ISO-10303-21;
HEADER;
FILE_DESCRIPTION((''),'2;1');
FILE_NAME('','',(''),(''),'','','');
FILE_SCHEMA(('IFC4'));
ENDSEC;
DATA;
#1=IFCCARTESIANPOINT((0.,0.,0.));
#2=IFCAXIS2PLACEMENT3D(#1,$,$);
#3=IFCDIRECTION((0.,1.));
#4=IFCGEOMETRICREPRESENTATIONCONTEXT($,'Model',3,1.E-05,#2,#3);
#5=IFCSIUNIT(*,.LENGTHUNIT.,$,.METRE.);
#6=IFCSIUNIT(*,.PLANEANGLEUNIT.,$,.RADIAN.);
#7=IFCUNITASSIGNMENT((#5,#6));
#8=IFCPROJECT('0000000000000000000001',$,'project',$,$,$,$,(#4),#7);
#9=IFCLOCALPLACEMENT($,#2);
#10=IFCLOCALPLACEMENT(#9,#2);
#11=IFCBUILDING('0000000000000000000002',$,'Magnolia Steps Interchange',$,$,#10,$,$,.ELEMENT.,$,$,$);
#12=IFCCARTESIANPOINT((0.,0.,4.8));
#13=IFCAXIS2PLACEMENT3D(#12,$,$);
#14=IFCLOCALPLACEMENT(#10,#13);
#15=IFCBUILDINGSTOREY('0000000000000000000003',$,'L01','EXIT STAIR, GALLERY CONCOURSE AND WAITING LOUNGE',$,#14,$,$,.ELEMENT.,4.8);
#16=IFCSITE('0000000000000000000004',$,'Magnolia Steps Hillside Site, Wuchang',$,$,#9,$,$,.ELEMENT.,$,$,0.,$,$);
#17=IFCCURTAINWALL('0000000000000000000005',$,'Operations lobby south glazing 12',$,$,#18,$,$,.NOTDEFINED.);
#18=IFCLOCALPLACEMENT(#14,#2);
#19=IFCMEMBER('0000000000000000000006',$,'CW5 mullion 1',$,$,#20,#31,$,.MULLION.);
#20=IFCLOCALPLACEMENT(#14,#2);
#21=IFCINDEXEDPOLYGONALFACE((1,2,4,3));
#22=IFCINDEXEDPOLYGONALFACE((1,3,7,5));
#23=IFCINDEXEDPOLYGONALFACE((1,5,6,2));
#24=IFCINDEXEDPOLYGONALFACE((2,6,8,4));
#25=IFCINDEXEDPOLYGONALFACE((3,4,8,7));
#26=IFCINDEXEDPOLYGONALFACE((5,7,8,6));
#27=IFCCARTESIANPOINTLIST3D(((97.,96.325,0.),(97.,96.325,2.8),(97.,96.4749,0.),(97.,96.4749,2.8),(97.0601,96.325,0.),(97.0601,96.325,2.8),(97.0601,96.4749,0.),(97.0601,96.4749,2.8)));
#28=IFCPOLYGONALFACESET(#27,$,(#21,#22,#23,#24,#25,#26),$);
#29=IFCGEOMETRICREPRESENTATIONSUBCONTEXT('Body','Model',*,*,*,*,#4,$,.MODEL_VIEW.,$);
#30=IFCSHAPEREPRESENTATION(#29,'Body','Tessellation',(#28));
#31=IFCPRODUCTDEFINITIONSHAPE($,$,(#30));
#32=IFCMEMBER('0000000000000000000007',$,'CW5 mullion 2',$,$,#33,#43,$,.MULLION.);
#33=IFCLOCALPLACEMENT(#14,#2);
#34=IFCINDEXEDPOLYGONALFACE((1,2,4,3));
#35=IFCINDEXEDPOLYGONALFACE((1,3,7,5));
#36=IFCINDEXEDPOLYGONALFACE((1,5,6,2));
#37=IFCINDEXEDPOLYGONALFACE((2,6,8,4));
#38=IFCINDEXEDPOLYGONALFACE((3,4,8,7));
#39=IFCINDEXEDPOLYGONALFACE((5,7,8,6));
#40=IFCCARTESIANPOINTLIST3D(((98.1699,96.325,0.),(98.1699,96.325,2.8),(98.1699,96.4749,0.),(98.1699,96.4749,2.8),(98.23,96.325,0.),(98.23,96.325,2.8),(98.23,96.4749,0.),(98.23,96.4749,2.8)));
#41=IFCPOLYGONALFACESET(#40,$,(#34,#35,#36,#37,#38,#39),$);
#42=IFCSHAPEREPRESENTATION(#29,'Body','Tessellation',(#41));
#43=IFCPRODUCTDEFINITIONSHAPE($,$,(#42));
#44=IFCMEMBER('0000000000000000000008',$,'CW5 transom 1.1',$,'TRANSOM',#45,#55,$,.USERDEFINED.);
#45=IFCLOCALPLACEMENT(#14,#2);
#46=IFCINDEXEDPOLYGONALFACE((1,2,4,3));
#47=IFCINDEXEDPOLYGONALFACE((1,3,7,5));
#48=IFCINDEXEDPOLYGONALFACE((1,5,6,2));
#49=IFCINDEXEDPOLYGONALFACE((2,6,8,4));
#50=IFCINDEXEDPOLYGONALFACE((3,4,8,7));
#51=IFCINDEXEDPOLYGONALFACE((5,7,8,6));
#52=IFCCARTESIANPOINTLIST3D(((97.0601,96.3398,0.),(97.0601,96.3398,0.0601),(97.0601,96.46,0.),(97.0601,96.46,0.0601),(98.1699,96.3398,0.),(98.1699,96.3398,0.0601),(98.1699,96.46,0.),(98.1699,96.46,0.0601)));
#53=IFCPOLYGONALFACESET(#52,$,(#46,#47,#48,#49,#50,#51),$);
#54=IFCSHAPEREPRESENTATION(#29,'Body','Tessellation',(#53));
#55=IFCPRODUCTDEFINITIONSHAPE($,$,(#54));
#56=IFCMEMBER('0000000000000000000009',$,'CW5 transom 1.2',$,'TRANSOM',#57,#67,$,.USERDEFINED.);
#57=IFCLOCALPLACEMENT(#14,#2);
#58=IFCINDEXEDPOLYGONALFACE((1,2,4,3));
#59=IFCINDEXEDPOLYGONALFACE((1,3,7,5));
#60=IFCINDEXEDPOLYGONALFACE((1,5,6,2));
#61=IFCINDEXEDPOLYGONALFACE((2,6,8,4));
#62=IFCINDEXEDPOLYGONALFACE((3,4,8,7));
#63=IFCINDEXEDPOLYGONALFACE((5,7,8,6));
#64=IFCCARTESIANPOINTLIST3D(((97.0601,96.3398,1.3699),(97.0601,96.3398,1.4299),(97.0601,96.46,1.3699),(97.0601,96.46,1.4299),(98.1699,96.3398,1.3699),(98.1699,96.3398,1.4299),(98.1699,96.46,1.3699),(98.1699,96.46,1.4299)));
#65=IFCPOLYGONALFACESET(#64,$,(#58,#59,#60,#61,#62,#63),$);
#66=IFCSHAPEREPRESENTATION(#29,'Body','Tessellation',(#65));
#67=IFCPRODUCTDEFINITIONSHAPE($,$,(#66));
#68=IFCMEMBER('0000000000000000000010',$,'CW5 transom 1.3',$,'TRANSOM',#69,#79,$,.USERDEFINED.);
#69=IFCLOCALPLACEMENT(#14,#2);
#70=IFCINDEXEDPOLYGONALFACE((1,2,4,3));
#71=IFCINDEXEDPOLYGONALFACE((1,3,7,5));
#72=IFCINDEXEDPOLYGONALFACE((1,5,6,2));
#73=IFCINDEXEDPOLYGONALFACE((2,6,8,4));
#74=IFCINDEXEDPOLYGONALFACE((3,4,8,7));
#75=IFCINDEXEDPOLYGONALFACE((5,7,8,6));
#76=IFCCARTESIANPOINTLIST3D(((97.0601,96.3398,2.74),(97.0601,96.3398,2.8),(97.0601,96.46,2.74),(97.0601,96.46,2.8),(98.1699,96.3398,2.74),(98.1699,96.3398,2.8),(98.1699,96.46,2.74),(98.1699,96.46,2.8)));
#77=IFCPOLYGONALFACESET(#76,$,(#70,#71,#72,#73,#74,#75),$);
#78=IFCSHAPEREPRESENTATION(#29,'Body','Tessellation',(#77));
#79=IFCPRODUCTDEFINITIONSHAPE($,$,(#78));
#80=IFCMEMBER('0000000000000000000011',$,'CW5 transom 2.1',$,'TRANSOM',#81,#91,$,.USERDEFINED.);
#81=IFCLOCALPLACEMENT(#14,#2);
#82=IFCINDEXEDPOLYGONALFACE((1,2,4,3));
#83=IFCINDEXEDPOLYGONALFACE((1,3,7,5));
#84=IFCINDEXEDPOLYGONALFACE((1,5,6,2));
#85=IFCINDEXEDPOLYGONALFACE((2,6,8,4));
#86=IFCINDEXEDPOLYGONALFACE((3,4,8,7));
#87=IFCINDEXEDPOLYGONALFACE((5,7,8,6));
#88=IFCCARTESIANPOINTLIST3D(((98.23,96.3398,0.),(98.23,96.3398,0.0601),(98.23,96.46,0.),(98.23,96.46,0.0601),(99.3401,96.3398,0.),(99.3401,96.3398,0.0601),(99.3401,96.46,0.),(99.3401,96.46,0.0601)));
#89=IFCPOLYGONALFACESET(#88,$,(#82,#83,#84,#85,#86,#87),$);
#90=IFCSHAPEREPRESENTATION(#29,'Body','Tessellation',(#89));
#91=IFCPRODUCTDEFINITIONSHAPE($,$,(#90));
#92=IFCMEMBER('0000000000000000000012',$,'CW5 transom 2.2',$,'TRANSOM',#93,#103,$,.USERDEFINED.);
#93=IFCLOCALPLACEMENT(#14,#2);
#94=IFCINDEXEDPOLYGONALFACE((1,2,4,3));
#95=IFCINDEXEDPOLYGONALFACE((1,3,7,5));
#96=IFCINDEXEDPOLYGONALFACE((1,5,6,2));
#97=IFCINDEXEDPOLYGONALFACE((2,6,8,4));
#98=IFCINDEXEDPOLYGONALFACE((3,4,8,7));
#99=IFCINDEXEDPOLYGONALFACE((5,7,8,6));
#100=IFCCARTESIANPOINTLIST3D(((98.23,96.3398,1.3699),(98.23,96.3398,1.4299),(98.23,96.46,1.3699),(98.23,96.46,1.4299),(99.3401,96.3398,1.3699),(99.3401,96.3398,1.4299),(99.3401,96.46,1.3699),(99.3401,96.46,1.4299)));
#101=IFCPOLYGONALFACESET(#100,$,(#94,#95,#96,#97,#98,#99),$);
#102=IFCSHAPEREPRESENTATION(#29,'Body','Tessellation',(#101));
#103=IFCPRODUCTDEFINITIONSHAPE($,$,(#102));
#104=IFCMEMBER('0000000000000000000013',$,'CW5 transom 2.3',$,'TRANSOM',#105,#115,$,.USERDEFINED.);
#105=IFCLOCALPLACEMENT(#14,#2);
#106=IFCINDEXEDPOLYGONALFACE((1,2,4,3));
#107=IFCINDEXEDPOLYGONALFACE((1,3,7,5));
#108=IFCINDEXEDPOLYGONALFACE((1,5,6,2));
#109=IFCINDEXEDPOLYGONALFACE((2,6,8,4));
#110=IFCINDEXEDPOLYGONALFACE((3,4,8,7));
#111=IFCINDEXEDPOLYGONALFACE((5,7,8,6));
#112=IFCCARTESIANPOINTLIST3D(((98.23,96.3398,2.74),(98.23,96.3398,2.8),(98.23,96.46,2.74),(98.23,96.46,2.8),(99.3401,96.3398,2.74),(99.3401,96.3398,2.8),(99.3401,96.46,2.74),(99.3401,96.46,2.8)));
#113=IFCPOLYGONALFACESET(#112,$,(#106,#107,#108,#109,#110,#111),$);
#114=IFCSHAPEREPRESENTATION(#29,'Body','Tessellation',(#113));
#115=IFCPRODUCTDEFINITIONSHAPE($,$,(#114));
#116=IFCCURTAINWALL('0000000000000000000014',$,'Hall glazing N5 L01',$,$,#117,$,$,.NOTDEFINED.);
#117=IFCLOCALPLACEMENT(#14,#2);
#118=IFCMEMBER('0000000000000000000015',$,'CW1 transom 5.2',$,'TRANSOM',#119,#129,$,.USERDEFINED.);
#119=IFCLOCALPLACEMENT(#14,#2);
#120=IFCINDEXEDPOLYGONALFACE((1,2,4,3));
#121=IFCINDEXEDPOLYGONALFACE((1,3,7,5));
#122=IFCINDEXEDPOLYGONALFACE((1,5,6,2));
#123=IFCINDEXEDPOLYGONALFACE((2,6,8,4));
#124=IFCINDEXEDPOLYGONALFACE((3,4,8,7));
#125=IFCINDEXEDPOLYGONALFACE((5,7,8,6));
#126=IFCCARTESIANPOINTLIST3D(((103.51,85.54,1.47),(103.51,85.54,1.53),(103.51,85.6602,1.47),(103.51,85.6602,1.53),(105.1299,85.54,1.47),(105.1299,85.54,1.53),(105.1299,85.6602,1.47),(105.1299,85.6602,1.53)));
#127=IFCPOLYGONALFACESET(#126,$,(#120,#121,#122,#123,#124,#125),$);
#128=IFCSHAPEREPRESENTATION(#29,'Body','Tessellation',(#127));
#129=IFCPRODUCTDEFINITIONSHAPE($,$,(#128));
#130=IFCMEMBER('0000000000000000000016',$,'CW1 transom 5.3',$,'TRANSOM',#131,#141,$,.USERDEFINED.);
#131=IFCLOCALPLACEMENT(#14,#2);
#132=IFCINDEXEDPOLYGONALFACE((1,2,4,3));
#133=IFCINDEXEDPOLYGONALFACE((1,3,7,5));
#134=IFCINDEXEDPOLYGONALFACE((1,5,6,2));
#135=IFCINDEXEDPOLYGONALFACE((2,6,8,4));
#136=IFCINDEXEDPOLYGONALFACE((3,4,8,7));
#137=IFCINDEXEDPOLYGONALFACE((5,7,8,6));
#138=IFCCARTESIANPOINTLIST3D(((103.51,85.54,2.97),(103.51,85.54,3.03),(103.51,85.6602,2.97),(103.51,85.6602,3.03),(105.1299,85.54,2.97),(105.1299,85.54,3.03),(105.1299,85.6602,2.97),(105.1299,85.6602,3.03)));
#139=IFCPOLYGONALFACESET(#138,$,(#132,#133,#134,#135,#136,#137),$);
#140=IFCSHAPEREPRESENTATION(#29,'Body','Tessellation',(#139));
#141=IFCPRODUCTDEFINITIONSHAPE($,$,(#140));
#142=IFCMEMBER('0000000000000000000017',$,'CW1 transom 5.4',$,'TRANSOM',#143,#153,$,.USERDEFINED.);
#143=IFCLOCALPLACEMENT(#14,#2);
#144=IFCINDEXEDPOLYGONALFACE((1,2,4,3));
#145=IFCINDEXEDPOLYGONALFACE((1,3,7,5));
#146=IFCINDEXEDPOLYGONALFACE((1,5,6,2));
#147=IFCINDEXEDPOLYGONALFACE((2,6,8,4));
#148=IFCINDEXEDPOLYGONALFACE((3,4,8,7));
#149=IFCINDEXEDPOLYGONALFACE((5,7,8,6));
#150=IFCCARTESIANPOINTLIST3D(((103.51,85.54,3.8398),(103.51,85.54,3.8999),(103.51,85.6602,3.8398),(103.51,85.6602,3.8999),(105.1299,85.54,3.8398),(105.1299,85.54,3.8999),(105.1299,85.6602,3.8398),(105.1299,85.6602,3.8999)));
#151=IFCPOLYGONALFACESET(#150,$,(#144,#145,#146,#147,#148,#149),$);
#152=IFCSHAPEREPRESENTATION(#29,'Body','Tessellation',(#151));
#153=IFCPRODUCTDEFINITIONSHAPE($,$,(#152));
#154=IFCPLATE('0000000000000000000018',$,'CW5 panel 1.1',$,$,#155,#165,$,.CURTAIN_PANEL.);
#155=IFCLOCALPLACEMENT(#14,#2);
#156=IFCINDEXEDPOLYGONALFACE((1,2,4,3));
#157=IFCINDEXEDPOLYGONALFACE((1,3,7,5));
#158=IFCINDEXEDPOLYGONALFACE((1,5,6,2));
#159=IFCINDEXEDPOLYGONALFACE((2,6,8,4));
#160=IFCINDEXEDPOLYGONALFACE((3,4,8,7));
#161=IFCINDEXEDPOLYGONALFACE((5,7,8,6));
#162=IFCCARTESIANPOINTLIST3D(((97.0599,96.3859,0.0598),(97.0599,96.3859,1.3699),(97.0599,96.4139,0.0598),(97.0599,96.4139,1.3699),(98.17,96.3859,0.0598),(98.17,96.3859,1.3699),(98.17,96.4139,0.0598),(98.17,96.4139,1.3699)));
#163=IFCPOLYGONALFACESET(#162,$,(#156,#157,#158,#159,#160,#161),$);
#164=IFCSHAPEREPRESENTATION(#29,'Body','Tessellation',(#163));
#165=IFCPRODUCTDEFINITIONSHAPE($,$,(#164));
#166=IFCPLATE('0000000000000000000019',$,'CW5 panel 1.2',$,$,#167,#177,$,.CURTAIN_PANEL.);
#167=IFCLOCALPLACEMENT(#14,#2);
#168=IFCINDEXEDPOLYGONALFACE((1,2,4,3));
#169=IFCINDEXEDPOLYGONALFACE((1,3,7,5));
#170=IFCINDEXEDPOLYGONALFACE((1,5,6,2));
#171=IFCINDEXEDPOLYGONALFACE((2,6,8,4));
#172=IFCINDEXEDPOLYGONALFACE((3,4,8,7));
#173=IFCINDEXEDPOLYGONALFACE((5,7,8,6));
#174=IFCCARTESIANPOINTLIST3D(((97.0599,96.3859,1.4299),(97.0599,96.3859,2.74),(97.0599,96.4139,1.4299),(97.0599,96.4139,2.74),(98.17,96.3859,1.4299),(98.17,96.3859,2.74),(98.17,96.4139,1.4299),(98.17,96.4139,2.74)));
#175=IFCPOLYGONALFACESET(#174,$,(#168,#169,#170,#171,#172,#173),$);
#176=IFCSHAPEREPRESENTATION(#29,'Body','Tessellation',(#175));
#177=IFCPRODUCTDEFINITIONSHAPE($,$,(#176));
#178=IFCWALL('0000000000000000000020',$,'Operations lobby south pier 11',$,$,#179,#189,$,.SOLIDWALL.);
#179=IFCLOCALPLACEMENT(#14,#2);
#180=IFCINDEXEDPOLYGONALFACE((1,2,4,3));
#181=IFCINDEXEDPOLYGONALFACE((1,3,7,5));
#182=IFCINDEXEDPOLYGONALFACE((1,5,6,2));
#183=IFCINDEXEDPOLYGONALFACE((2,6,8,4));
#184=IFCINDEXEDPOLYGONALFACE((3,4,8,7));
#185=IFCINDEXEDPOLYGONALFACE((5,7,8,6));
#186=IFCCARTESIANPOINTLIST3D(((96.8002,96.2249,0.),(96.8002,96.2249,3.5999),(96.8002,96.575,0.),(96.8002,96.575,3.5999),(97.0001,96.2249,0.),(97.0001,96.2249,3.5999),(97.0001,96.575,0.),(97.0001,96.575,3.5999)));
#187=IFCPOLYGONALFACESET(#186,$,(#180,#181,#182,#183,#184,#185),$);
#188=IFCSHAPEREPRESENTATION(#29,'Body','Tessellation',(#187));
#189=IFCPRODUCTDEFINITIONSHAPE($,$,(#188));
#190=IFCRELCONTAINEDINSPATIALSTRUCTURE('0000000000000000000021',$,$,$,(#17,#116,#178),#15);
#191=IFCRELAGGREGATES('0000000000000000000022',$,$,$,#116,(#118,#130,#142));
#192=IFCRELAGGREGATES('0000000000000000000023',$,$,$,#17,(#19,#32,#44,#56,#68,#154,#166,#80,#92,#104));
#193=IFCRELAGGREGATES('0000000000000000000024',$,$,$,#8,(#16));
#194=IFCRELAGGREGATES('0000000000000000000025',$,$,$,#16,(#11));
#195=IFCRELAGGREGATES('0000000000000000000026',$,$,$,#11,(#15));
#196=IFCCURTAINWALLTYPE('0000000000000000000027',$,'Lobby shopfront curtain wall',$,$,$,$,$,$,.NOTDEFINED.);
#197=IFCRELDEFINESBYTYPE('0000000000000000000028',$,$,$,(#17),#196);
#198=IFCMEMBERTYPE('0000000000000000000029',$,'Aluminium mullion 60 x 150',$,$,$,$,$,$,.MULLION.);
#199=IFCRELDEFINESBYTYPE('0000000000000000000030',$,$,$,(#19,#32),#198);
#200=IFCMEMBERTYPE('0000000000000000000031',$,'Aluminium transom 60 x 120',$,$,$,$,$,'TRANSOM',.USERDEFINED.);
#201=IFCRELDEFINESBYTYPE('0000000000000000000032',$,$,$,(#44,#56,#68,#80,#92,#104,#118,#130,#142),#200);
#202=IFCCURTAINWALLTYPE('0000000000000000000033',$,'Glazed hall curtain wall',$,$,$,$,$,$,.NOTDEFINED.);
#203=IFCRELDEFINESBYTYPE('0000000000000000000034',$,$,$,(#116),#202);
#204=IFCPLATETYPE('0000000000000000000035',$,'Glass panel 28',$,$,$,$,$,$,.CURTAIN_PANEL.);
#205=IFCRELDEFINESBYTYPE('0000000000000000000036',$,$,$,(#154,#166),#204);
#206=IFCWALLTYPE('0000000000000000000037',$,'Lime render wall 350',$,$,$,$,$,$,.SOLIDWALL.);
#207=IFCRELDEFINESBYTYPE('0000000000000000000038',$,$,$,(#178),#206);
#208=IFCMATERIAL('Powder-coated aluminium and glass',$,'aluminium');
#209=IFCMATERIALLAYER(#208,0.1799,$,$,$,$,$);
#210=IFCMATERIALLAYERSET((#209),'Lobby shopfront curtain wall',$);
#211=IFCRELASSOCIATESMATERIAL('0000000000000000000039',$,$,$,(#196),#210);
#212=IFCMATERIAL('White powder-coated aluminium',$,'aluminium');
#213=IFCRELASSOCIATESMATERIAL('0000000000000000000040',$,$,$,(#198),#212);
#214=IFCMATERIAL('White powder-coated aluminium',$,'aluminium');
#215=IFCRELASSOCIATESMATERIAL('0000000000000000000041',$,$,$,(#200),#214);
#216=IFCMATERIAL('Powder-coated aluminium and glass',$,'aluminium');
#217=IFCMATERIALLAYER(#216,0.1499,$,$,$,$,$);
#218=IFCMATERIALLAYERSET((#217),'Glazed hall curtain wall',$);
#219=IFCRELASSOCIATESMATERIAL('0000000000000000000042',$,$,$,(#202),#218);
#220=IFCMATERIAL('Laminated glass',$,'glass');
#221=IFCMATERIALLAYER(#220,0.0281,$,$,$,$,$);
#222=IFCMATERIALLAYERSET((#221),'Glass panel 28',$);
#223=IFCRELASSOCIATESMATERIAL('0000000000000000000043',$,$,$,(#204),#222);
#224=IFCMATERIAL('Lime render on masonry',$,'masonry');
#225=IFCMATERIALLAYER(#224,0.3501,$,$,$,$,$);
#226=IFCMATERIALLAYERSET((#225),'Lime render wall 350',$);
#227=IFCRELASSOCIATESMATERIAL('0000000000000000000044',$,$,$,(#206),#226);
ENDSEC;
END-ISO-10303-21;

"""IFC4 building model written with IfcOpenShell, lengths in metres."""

from ifc_helpers import new_model, si_unit, direction, frame, frame_2d, origin, origin_2d, place, context, subcontext, project, spatial, rectangle, extrude, material, layer, layer_set, material_profile, profile_set, type_object, element, aggregate, save


model = new_model("IFC4")

# Units and contexts
model_context = context("Model", 3, precision=1e-05, world=origin(), true_north=direction((0.0, 1.0)))
body_context = subcontext(model_context, "Body", "Model", "MODEL_VIEW")
ifc_project = project(units=[si_unit("LENGTHUNIT", "METRE"), si_unit("PLANEANGLEUNIT", "RADIAN")], contexts=[model_context])

# Site, building, storey
site_placement = place(None, origin())
site = spatial("IfcSite", under=ifc_project, at=site_placement, Name="Magnolia Steps Hillside Site, Wuchang", CompositionType="ELEMENT", RefElevation=0.0)
building_placement = place(site_placement, origin())
building = spatial("IfcBuilding", under=site, at=building_placement, Name="Magnolia Steps Interchange", CompositionType="ELEMENT")
storey_placement = place(building_placement, frame((0.0, 0.0, 4.8)))
storey = spatial("IfcBuildingStorey", under=building, at=storey_placement, Name="L01", Description="EXIT STAIR, GALLERY CONCOURSE AND WAITING LOUNGE", CompositionType="ELEMENT", Elevation=4.8)

# Curtain walls, members
ifc_material_1 = material(Name="Powder-coated aluminium and glass", Category="aluminium")
ifc_layer_1 = layer(ifc_material_1, 0.1799)
ifc_layer_set_1 = layer_set([ifc_layer_1], Name="Lobby shopfront curtain wall")
curtain_wall_type_1 = type_object("IfcCurtainWallType", Name="Lobby shopfront curtain wall", PredefinedType="NOTDEFINED", material=ifc_layer_set_1)
curtain_wall_1_placement = place(storey_placement, origin())
curtain_wall_1 = element("IfcCurtainWall", 1, at=curtain_wall_1_placement, inside=storey, type_object=curtain_wall_type_1, Name="Operations lobby south glazing 12", PredefinedType="NOTDEFINED")
ifc_material_2 = material(Name="White powder-coated aluminium", Category="aluminium")
ifc_material_profile_1 = material_profile(ifc_material_2, rectangle(XDim=0.0601, YDim=0.1499, at=origin_2d()), Name="Aluminium mullion 60 x 150")
ifc_profile_set_1 = profile_set([ifc_material_profile_1], Name="White powder-coated aluminium")
member_type_1 = type_object("IfcMemberType", Name="Aluminium mullion 60 x 150", PredefinedType="MULLION", material=ifc_profile_set_1)
member_1_placement = place(storey_placement, frame((97.03, 96.3999, 0.0), z_axis=(0.0, 0.0, 1.0), x_axis=(1.0, 0.0, 0.0)))
member_1 = element("IfcMember", 2, at=member_1_placement, type_object=member_type_1, Name="CW5 mullion 1", PredefinedType="MULLION", context=body_context, shape_type="SweptSolid", body=[
    extrude(rectangle(XDim=0.0601, YDim=0.1499, at=origin_2d()), origin(), (0.0, 0.0, 1.0), 2.8),
])
member_2_placement = place(storey_placement, frame((98.2, 96.3999, 0.0), z_axis=(0.0, 0.0, 1.0), x_axis=(1.0, 0.0, 0.0)))
member_2 = element("IfcMember", 3, at=member_2_placement, type_object=member_type_1, Name="CW5 mullion 2", PredefinedType="MULLION", context=body_context, shape_type="SweptSolid", body=[
    extrude(rectangle(XDim=0.0601, YDim=0.1499, at=origin_2d()), origin(), (0.0, 0.0, 1.0), 2.8),
])
ifc_material_3 = material(Name="White powder-coated aluminium", Category="aluminium")
ifc_material_profile_2 = material_profile(ifc_material_3, rectangle(XDim=0.0601, YDim=0.1201, at=origin_2d()), Name="Aluminium transom 60 x 120")
ifc_profile_set_2 = profile_set([ifc_material_profile_2], Name="White powder-coated aluminium")
member_type_2 = type_object("IfcMemberType", Name="Aluminium transom 60 x 120", ElementType="TRANSOM", PredefinedType="USERDEFINED", material=ifc_profile_set_2)
member_3_placement = place(storey_placement, frame((97.0601, 96.3999, 0.03), z_axis=(1.0, 0.0, 0.0), x_axis=(0.0, 0.0, 1.0)))
member_3 = element("IfcMember", 4, at=member_3_placement, type_object=member_type_2, Name="CW5 transom 1.1", ObjectType="TRANSOM", PredefinedType="USERDEFINED", context=body_context, shape_type="SweptSolid", body=[
    extrude(rectangle(XDim=0.0601, YDim=0.1201, at=origin_2d()), origin(), (0.0, 0.0, 1.0), 1.1099),
])
member_4_placement = place(storey_placement, frame((97.0601, 96.3999, 1.3999), z_axis=(1.0, 0.0, 0.0), x_axis=(0.0, 0.0, 1.0)))
member_4 = element("IfcMember", 5, at=member_4_placement, type_object=member_type_2, Name="CW5 transom 1.2", ObjectType="TRANSOM", PredefinedType="USERDEFINED", context=body_context, shape_type="SweptSolid", body=[
    extrude(rectangle(XDim=0.0601, YDim=0.1201, at=origin_2d()), origin(), (0.0, 0.0, 1.0), 1.1099),
])
member_5_placement = place(storey_placement, frame((97.0601, 96.3999, 2.77), z_axis=(1.0, 0.0, 0.0), x_axis=(0.0, 0.0, 1.0)))
member_5 = element("IfcMember", 6, at=member_5_placement, type_object=member_type_2, Name="CW5 transom 1.3", ObjectType="TRANSOM", PredefinedType="USERDEFINED", context=body_context, shape_type="SweptSolid", body=[
    extrude(rectangle(XDim=0.0601, YDim=0.1201, at=origin_2d()), origin(), (0.0, 0.0, 1.0), 1.1099),
])
member_6_placement = place(storey_placement, frame((98.23, 96.3999, 0.03), z_axis=(1.0, 0.0, 0.0), x_axis=(0.0, 0.0, 1.0)))
member_6 = element("IfcMember", 7, at=member_6_placement, type_object=member_type_2, Name="CW5 transom 2.1", ObjectType="TRANSOM", PredefinedType="USERDEFINED", context=body_context, shape_type="SweptSolid", body=[
    extrude(rectangle(XDim=0.0601, YDim=0.1201, at=origin_2d()), origin(), (0.0, 0.0, 1.0), 1.1101),
])
member_7_placement = place(storey_placement, frame((98.23, 96.3999, 1.3999), z_axis=(1.0, 0.0, 0.0), x_axis=(0.0, 0.0, 1.0)))
member_7 = element("IfcMember", 8, at=member_7_placement, type_object=member_type_2, Name="CW5 transom 2.2", ObjectType="TRANSOM", PredefinedType="USERDEFINED", context=body_context, shape_type="SweptSolid", body=[
    extrude(rectangle(XDim=0.0601, YDim=0.1201, at=origin_2d()), origin(), (0.0, 0.0, 1.0), 1.1101),
])
member_8_placement = place(storey_placement, frame((98.23, 96.3999, 2.77), z_axis=(1.0, 0.0, 0.0), x_axis=(0.0, 0.0, 1.0)))
member_8 = element("IfcMember", 9, at=member_8_placement, type_object=member_type_2, Name="CW5 transom 2.3", ObjectType="TRANSOM", PredefinedType="USERDEFINED", context=body_context, shape_type="SweptSolid", body=[
    extrude(rectangle(XDim=0.0601, YDim=0.1201, at=origin_2d()), origin(), (0.0, 0.0, 1.0), 1.1101),
])
ifc_material_4 = material(Name="Powder-coated aluminium and glass", Category="aluminium")
ifc_layer_2 = layer(ifc_material_4, 0.1499)
ifc_layer_set_2 = layer_set([ifc_layer_2], Name="Glazed hall curtain wall")
curtain_wall_type_2 = type_object("IfcCurtainWallType", Name="Glazed hall curtain wall", PredefinedType="NOTDEFINED", material=ifc_layer_set_2)
curtain_wall_2_placement = place(storey_placement, origin())
curtain_wall_2 = element("IfcCurtainWall", 10, at=curtain_wall_2_placement, inside=storey, type_object=curtain_wall_type_2, Name="Hall glazing N5 L01", PredefinedType="NOTDEFINED")
member_9_placement = place(storey_placement, frame((103.51, 85.6001, 1.5), z_axis=(1.0, 0.0, 0.0), x_axis=(0.0, 0.0, 1.0)))
member_9 = element("IfcMember", 11, at=member_9_placement, type_object=member_type_2, Name="CW1 transom 5.2", ObjectType="TRANSOM", PredefinedType="USERDEFINED", context=body_context, shape_type="SweptSolid", body=[
    extrude(rectangle(XDim=0.0601, YDim=0.1201, at=origin_2d()), origin(), (0.0, 0.0, 1.0), 1.6199),
])
member_10_placement = place(storey_placement, frame((103.51, 85.6001, 3.0), z_axis=(1.0, 0.0, 0.0), x_axis=(0.0, 0.0, 1.0)))
member_10 = element("IfcMember", 12, at=member_10_placement, type_object=member_type_2, Name="CW1 transom 5.3", ObjectType="TRANSOM", PredefinedType="USERDEFINED", context=body_context, shape_type="SweptSolid", body=[
    extrude(rectangle(XDim=0.0601, YDim=0.1201, at=origin_2d()), origin(), (0.0, 0.0, 1.0), 1.6199),
])
member_11_placement = place(storey_placement, frame((103.51, 85.6001, 3.8699), z_axis=(1.0, 0.0, 0.0), x_axis=(0.0, 0.0, 1.0)))
member_11 = element("IfcMember", 13, at=member_11_placement, type_object=member_type_2, Name="CW1 transom 5.4", ObjectType="TRANSOM", PredefinedType="USERDEFINED", context=body_context, shape_type="SweptSolid", body=[
    extrude(rectangle(XDim=0.0601, YDim=0.1201, at=origin_2d()), origin(), (0.0, 0.0, 1.0), 1.6199),
])
aggregate(curtain_wall_2, [member_9, member_10, member_11])

# Plates
ifc_material_5 = material(Name="Laminated glass", Category="glass")
ifc_layer_3 = layer(ifc_material_5, 0.0281)
ifc_layer_set_3 = layer_set([ifc_layer_3], Name="Glass panel 28")
plate_type = type_object("IfcPlateType", Name="Glass panel 28", PredefinedType="CURTAIN_PANEL", material=ifc_layer_set_3)
plate_1_placement = place(storey_placement, frame((97.615, 96.3999, 0.0598), z_axis=(0.0, 0.0, 1.0), x_axis=(1.0, 0.0, 0.0)))
plate_1 = element("IfcPlate", 14, at=plate_1_placement, type_object=plate_type, Name="CW5 panel 1.1", PredefinedType="CURTAIN_PANEL", context=body_context, shape_type="SweptSolid", body=[
    extrude(rectangle(XDim=1.1101, YDim=0.0281, at=origin_2d()), origin(), (0.0, 0.0, 1.0), 1.3101),
])
plate_2_placement = place(storey_placement, frame((97.615, 96.3999, 1.4299), z_axis=(0.0, 0.0, 1.0), x_axis=(1.0, 0.0, 0.0)))
plate_2 = element("IfcPlate", 15, at=plate_2_placement, type_object=plate_type, Name="CW5 panel 1.2", PredefinedType="CURTAIN_PANEL", context=body_context, shape_type="SweptSolid", body=[
    extrude(rectangle(XDim=1.1101, YDim=0.0281, at=origin_2d()), origin(), (0.0, 0.0, 1.0), 1.3101),
])
aggregate(curtain_wall_1, [member_1, member_2, member_3, member_4, member_5, plate_1, plate_2, member_6, member_7, member_8])

# Wall
ifc_material_6 = material(Name="Lime render on masonry", Category="masonry")
ifc_layer_4 = layer(ifc_material_6, 0.3501)
ifc_layer_set_4 = layer_set([ifc_layer_4], Name="Lime render wall 350")
wall_type = type_object("IfcWallType", Name="Lime render wall 350", PredefinedType="SOLIDWALL", material=ifc_layer_set_4)
wall_placement = place(storey_placement, frame((96.8, 96.3999, 0.0), z_axis=(0.0, 0.0, 1.0), x_axis=(1.0, 0.0, 0.0)))
element("IfcWall", 16, at=wall_placement, inside=storey, type_object=wall_type, Name="Operations lobby south pier 11", PredefinedType="SOLIDWALL", context=body_context, shape_type="SweptSolid", body=[
    extrude(rectangle(XDim=0.2, YDim=0.3501, at=frame_2d((0.1001, 0.0))), origin(), (0.0, 0.0, 1.0), 3.5999),
])

save(model, "model.ifc")
